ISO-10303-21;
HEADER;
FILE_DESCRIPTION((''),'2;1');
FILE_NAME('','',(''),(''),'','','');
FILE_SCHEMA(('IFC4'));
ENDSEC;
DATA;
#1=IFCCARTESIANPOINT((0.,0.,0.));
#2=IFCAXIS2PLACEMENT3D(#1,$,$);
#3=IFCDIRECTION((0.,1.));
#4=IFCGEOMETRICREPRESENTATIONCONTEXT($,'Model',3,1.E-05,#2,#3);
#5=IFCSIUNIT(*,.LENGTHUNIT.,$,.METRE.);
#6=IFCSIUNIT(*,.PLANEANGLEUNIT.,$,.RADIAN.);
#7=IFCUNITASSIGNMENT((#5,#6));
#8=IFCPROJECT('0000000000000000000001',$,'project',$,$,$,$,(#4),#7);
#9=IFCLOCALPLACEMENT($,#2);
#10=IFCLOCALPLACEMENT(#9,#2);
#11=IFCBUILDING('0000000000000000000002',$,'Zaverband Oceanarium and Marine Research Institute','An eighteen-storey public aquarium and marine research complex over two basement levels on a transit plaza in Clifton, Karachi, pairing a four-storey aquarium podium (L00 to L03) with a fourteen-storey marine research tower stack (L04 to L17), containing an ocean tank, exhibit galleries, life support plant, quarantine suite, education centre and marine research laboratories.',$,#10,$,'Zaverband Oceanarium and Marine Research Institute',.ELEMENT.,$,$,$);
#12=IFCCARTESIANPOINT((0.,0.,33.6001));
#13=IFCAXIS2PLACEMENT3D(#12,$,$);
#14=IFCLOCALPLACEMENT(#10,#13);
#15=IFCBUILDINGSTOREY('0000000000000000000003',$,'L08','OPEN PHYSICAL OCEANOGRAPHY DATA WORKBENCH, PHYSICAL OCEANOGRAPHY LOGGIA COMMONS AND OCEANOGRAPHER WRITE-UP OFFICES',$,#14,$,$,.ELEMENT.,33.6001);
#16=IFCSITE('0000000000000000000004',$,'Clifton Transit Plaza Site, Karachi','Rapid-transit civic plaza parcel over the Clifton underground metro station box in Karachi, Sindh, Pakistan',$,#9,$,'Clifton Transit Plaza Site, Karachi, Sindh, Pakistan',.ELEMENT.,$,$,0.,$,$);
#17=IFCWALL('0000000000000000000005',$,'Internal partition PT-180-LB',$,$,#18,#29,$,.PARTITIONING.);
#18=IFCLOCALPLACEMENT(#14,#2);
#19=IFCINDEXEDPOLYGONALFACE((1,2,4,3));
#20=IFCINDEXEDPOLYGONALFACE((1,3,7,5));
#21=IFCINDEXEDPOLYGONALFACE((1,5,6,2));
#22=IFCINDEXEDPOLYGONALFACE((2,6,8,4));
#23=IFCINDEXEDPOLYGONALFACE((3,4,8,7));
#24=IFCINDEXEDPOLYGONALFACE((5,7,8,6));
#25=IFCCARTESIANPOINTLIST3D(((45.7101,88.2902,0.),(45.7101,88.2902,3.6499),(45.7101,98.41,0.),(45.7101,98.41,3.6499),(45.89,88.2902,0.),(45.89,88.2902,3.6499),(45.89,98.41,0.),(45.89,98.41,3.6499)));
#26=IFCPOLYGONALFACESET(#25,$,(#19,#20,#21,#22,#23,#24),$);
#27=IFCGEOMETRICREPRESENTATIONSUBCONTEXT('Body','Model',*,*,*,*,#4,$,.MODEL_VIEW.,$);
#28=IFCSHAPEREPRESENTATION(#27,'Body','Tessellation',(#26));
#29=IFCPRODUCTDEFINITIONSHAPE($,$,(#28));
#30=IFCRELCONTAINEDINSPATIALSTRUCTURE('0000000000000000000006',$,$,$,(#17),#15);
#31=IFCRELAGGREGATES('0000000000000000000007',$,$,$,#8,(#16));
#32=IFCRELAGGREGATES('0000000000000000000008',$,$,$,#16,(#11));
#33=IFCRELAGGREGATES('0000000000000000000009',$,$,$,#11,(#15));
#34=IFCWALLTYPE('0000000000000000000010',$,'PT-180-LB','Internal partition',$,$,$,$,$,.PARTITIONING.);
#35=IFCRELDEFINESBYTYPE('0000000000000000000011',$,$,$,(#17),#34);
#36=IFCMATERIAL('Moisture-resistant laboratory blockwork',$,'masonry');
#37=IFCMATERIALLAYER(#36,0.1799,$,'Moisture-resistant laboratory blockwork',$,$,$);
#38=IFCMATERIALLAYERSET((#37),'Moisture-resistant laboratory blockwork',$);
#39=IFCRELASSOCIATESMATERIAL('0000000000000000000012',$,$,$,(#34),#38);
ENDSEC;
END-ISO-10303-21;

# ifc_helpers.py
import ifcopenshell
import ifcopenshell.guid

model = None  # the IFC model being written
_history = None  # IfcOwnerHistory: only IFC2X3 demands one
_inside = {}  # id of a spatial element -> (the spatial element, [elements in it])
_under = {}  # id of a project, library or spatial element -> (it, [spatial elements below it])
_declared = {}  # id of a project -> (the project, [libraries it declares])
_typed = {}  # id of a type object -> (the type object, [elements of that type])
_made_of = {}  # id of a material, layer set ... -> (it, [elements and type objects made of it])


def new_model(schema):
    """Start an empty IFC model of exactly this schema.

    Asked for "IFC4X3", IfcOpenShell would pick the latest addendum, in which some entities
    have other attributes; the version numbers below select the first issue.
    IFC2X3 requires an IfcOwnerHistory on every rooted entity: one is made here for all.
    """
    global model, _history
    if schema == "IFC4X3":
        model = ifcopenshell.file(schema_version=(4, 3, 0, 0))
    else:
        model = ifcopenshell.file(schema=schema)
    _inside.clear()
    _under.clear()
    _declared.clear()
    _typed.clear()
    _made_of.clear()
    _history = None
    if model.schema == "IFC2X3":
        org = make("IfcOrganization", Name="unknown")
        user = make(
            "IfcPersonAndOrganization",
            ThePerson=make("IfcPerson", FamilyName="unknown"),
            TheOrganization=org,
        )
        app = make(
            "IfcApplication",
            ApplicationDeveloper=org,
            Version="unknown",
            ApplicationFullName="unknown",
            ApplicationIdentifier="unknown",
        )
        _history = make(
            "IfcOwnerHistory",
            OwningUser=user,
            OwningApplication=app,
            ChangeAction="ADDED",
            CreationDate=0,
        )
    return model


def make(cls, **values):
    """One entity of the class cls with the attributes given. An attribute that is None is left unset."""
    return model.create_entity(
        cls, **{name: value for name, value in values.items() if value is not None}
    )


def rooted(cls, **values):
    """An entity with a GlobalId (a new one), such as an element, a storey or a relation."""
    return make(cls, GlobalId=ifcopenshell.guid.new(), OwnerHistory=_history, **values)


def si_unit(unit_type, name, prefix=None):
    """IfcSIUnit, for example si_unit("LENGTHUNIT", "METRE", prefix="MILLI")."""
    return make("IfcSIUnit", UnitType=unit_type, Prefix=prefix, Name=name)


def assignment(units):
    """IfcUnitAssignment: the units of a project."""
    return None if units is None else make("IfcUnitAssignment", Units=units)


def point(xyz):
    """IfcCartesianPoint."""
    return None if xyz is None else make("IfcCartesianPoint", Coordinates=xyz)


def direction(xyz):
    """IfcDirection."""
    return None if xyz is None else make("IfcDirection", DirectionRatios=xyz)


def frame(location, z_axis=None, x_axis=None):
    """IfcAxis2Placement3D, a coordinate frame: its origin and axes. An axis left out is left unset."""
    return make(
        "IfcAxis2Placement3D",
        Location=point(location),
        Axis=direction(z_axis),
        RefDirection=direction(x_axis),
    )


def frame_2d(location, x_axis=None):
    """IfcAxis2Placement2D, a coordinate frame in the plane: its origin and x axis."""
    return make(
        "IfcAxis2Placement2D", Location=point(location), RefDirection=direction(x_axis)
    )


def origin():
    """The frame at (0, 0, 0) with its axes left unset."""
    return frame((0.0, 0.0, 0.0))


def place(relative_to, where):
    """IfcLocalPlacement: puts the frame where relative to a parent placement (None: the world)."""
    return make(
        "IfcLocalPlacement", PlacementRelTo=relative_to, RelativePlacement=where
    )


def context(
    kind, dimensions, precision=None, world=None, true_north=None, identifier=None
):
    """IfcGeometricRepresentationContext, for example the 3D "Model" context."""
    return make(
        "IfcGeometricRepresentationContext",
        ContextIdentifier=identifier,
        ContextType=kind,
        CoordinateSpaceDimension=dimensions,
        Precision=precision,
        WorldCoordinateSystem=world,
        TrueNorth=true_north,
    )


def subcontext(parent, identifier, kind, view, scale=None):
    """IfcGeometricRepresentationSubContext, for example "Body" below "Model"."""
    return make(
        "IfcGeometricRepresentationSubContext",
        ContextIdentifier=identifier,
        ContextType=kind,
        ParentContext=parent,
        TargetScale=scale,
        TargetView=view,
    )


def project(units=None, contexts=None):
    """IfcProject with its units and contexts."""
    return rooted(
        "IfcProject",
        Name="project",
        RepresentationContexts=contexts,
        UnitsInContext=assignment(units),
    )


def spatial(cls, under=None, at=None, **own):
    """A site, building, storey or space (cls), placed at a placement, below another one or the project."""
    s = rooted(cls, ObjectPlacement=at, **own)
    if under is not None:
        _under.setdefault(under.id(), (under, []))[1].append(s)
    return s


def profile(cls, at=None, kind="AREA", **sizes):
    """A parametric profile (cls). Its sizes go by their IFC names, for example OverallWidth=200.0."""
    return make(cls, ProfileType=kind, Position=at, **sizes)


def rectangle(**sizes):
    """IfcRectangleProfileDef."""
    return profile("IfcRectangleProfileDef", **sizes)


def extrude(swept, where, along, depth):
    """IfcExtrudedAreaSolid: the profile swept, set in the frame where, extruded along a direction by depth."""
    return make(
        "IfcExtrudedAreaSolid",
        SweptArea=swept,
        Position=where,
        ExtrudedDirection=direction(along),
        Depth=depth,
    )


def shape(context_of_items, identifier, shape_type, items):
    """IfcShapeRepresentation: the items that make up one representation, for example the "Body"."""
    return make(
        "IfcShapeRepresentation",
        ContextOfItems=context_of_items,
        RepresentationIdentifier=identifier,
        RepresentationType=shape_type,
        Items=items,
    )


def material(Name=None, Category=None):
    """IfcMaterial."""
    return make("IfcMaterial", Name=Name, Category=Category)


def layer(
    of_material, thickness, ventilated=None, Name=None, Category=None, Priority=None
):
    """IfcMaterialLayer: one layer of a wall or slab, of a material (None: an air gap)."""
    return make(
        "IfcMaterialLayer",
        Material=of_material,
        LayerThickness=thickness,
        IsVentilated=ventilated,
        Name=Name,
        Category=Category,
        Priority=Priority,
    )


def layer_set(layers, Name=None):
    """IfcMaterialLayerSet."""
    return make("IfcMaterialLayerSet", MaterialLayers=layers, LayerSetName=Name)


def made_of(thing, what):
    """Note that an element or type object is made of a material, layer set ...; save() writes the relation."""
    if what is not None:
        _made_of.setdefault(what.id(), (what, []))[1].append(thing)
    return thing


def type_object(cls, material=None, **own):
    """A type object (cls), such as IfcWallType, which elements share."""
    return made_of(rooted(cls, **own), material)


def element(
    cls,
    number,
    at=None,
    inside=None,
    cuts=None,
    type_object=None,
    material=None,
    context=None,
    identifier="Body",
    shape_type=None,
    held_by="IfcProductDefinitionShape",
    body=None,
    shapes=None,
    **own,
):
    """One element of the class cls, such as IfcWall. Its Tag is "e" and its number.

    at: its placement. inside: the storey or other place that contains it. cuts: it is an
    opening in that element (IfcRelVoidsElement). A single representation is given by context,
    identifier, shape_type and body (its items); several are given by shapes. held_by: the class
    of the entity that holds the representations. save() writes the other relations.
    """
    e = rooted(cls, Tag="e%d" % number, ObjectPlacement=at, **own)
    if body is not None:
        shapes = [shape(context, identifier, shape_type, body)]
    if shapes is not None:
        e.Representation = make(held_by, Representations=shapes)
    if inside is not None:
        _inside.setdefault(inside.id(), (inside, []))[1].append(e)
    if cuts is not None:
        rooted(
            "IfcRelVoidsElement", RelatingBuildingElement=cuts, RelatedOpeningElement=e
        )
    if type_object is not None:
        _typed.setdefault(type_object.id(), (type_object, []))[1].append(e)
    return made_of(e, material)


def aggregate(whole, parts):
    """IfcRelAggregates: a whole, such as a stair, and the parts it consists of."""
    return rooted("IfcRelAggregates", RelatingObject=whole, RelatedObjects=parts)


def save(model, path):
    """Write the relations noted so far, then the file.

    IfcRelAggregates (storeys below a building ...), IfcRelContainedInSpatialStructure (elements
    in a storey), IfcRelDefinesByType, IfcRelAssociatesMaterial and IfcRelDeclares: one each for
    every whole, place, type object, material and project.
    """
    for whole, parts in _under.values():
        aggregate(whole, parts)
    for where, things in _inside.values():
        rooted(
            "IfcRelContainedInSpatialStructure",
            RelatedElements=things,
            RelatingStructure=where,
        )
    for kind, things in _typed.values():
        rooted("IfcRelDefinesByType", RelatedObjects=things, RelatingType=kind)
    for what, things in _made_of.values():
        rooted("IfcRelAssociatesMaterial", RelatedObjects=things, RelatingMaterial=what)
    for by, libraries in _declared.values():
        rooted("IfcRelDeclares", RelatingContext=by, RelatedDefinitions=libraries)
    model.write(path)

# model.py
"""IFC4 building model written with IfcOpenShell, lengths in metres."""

from ifc_helpers import new_model, si_unit, direction, frame, frame_2d, origin, place, context, subcontext, project, spatial, rectangle, extrude, material, layer, layer_set, type_object, element, save


model = new_model("IFC4")

# Units and contexts
model_context = context("Model", 3, precision=1e-05, world=origin(), true_north=direction((0.0, 1.0)))
body_context = subcontext(model_context, "Body", "Model", "MODEL_VIEW")
ifc_project = project(units=[si_unit("LENGTHUNIT", "METRE"), si_unit("PLANEANGLEUNIT", "RADIAN")], contexts=[model_context])

# Site, building, storey
site_placement = place(None, origin())
site = spatial("IfcSite", under=ifc_project, at=site_placement, Name="Clifton Transit Plaza Site, Karachi", Description="Rapid-transit civic plaza parcel over the Clifton underground metro station box in Karachi, Sindh, Pakistan", LongName="Clifton Transit Plaza Site, Karachi, Sindh, Pakistan", CompositionType="ELEMENT", RefElevation=0.0)
building_placement = place(site_placement, origin())
building = spatial("IfcBuilding", under=site, at=building_placement, Name="Zaverband Oceanarium and Marine Research Institute", Description="An eighteen-storey public aquarium and marine research complex over two basement levels on a transit plaza in Clifton, Karachi, pairing a four-storey aquarium podium (L00 to L03) with a fourteen-storey marine research tower stack (L04 to L17), containing an ocean tank, exhibit galleries, life support plant, quarantine suite, education centre and marine research laboratories.", LongName="Zaverband Oceanarium and Marine Research Institute", CompositionType="ELEMENT")
storey_placement = place(building_placement, frame((0.0, 0.0, 33.6001)))
storey = spatial("IfcBuildingStorey", under=building, at=storey_placement, Name="L08", Description="OPEN PHYSICAL OCEANOGRAPHY DATA WORKBENCH, PHYSICAL OCEANOGRAPHY LOGGIA COMMONS AND OCEANOGRAPHER WRITE-UP OFFICES", CompositionType="ELEMENT", Elevation=33.6001)

# Shared definitions
ifc_material_1 = material(Name="Moisture-resistant laboratory blockwork", Category="masonry")
ifc_layer_1 = layer(ifc_material_1, 0.1799, Name="Moisture-resistant laboratory blockwork")
ifc_layer_set_1 = layer_set([ifc_layer_1], Name="Moisture-resistant laboratory blockwork")
wall_type_1 = type_object("IfcWallType", Name="PT-180-LB", Description="Internal partition", PredefinedType="PARTITIONING", material=ifc_layer_set_1)

# Wall
wall_1_placement = place(storey_placement, frame((45.8, 88.29, 0.0), z_axis=(0.0, 0.0, 1.0), x_axis=(0.0, 1.0, 0.0)))
element("IfcWall", 1, at=wall_1_placement, inside=storey, type_object=wall_type_1, Name="Internal partition PT-180-LB", PredefinedType="PARTITIONING", context=body_context, shape_type="SweptSolid", body=[
    extrude(rectangle(XDim=10.1199, YDim=0.1799, at=frame_2d((5.0601, 0.0))), origin(), (0.0, 0.0, 1.0), 3.6499),
])

save(model, "model.ifc")
